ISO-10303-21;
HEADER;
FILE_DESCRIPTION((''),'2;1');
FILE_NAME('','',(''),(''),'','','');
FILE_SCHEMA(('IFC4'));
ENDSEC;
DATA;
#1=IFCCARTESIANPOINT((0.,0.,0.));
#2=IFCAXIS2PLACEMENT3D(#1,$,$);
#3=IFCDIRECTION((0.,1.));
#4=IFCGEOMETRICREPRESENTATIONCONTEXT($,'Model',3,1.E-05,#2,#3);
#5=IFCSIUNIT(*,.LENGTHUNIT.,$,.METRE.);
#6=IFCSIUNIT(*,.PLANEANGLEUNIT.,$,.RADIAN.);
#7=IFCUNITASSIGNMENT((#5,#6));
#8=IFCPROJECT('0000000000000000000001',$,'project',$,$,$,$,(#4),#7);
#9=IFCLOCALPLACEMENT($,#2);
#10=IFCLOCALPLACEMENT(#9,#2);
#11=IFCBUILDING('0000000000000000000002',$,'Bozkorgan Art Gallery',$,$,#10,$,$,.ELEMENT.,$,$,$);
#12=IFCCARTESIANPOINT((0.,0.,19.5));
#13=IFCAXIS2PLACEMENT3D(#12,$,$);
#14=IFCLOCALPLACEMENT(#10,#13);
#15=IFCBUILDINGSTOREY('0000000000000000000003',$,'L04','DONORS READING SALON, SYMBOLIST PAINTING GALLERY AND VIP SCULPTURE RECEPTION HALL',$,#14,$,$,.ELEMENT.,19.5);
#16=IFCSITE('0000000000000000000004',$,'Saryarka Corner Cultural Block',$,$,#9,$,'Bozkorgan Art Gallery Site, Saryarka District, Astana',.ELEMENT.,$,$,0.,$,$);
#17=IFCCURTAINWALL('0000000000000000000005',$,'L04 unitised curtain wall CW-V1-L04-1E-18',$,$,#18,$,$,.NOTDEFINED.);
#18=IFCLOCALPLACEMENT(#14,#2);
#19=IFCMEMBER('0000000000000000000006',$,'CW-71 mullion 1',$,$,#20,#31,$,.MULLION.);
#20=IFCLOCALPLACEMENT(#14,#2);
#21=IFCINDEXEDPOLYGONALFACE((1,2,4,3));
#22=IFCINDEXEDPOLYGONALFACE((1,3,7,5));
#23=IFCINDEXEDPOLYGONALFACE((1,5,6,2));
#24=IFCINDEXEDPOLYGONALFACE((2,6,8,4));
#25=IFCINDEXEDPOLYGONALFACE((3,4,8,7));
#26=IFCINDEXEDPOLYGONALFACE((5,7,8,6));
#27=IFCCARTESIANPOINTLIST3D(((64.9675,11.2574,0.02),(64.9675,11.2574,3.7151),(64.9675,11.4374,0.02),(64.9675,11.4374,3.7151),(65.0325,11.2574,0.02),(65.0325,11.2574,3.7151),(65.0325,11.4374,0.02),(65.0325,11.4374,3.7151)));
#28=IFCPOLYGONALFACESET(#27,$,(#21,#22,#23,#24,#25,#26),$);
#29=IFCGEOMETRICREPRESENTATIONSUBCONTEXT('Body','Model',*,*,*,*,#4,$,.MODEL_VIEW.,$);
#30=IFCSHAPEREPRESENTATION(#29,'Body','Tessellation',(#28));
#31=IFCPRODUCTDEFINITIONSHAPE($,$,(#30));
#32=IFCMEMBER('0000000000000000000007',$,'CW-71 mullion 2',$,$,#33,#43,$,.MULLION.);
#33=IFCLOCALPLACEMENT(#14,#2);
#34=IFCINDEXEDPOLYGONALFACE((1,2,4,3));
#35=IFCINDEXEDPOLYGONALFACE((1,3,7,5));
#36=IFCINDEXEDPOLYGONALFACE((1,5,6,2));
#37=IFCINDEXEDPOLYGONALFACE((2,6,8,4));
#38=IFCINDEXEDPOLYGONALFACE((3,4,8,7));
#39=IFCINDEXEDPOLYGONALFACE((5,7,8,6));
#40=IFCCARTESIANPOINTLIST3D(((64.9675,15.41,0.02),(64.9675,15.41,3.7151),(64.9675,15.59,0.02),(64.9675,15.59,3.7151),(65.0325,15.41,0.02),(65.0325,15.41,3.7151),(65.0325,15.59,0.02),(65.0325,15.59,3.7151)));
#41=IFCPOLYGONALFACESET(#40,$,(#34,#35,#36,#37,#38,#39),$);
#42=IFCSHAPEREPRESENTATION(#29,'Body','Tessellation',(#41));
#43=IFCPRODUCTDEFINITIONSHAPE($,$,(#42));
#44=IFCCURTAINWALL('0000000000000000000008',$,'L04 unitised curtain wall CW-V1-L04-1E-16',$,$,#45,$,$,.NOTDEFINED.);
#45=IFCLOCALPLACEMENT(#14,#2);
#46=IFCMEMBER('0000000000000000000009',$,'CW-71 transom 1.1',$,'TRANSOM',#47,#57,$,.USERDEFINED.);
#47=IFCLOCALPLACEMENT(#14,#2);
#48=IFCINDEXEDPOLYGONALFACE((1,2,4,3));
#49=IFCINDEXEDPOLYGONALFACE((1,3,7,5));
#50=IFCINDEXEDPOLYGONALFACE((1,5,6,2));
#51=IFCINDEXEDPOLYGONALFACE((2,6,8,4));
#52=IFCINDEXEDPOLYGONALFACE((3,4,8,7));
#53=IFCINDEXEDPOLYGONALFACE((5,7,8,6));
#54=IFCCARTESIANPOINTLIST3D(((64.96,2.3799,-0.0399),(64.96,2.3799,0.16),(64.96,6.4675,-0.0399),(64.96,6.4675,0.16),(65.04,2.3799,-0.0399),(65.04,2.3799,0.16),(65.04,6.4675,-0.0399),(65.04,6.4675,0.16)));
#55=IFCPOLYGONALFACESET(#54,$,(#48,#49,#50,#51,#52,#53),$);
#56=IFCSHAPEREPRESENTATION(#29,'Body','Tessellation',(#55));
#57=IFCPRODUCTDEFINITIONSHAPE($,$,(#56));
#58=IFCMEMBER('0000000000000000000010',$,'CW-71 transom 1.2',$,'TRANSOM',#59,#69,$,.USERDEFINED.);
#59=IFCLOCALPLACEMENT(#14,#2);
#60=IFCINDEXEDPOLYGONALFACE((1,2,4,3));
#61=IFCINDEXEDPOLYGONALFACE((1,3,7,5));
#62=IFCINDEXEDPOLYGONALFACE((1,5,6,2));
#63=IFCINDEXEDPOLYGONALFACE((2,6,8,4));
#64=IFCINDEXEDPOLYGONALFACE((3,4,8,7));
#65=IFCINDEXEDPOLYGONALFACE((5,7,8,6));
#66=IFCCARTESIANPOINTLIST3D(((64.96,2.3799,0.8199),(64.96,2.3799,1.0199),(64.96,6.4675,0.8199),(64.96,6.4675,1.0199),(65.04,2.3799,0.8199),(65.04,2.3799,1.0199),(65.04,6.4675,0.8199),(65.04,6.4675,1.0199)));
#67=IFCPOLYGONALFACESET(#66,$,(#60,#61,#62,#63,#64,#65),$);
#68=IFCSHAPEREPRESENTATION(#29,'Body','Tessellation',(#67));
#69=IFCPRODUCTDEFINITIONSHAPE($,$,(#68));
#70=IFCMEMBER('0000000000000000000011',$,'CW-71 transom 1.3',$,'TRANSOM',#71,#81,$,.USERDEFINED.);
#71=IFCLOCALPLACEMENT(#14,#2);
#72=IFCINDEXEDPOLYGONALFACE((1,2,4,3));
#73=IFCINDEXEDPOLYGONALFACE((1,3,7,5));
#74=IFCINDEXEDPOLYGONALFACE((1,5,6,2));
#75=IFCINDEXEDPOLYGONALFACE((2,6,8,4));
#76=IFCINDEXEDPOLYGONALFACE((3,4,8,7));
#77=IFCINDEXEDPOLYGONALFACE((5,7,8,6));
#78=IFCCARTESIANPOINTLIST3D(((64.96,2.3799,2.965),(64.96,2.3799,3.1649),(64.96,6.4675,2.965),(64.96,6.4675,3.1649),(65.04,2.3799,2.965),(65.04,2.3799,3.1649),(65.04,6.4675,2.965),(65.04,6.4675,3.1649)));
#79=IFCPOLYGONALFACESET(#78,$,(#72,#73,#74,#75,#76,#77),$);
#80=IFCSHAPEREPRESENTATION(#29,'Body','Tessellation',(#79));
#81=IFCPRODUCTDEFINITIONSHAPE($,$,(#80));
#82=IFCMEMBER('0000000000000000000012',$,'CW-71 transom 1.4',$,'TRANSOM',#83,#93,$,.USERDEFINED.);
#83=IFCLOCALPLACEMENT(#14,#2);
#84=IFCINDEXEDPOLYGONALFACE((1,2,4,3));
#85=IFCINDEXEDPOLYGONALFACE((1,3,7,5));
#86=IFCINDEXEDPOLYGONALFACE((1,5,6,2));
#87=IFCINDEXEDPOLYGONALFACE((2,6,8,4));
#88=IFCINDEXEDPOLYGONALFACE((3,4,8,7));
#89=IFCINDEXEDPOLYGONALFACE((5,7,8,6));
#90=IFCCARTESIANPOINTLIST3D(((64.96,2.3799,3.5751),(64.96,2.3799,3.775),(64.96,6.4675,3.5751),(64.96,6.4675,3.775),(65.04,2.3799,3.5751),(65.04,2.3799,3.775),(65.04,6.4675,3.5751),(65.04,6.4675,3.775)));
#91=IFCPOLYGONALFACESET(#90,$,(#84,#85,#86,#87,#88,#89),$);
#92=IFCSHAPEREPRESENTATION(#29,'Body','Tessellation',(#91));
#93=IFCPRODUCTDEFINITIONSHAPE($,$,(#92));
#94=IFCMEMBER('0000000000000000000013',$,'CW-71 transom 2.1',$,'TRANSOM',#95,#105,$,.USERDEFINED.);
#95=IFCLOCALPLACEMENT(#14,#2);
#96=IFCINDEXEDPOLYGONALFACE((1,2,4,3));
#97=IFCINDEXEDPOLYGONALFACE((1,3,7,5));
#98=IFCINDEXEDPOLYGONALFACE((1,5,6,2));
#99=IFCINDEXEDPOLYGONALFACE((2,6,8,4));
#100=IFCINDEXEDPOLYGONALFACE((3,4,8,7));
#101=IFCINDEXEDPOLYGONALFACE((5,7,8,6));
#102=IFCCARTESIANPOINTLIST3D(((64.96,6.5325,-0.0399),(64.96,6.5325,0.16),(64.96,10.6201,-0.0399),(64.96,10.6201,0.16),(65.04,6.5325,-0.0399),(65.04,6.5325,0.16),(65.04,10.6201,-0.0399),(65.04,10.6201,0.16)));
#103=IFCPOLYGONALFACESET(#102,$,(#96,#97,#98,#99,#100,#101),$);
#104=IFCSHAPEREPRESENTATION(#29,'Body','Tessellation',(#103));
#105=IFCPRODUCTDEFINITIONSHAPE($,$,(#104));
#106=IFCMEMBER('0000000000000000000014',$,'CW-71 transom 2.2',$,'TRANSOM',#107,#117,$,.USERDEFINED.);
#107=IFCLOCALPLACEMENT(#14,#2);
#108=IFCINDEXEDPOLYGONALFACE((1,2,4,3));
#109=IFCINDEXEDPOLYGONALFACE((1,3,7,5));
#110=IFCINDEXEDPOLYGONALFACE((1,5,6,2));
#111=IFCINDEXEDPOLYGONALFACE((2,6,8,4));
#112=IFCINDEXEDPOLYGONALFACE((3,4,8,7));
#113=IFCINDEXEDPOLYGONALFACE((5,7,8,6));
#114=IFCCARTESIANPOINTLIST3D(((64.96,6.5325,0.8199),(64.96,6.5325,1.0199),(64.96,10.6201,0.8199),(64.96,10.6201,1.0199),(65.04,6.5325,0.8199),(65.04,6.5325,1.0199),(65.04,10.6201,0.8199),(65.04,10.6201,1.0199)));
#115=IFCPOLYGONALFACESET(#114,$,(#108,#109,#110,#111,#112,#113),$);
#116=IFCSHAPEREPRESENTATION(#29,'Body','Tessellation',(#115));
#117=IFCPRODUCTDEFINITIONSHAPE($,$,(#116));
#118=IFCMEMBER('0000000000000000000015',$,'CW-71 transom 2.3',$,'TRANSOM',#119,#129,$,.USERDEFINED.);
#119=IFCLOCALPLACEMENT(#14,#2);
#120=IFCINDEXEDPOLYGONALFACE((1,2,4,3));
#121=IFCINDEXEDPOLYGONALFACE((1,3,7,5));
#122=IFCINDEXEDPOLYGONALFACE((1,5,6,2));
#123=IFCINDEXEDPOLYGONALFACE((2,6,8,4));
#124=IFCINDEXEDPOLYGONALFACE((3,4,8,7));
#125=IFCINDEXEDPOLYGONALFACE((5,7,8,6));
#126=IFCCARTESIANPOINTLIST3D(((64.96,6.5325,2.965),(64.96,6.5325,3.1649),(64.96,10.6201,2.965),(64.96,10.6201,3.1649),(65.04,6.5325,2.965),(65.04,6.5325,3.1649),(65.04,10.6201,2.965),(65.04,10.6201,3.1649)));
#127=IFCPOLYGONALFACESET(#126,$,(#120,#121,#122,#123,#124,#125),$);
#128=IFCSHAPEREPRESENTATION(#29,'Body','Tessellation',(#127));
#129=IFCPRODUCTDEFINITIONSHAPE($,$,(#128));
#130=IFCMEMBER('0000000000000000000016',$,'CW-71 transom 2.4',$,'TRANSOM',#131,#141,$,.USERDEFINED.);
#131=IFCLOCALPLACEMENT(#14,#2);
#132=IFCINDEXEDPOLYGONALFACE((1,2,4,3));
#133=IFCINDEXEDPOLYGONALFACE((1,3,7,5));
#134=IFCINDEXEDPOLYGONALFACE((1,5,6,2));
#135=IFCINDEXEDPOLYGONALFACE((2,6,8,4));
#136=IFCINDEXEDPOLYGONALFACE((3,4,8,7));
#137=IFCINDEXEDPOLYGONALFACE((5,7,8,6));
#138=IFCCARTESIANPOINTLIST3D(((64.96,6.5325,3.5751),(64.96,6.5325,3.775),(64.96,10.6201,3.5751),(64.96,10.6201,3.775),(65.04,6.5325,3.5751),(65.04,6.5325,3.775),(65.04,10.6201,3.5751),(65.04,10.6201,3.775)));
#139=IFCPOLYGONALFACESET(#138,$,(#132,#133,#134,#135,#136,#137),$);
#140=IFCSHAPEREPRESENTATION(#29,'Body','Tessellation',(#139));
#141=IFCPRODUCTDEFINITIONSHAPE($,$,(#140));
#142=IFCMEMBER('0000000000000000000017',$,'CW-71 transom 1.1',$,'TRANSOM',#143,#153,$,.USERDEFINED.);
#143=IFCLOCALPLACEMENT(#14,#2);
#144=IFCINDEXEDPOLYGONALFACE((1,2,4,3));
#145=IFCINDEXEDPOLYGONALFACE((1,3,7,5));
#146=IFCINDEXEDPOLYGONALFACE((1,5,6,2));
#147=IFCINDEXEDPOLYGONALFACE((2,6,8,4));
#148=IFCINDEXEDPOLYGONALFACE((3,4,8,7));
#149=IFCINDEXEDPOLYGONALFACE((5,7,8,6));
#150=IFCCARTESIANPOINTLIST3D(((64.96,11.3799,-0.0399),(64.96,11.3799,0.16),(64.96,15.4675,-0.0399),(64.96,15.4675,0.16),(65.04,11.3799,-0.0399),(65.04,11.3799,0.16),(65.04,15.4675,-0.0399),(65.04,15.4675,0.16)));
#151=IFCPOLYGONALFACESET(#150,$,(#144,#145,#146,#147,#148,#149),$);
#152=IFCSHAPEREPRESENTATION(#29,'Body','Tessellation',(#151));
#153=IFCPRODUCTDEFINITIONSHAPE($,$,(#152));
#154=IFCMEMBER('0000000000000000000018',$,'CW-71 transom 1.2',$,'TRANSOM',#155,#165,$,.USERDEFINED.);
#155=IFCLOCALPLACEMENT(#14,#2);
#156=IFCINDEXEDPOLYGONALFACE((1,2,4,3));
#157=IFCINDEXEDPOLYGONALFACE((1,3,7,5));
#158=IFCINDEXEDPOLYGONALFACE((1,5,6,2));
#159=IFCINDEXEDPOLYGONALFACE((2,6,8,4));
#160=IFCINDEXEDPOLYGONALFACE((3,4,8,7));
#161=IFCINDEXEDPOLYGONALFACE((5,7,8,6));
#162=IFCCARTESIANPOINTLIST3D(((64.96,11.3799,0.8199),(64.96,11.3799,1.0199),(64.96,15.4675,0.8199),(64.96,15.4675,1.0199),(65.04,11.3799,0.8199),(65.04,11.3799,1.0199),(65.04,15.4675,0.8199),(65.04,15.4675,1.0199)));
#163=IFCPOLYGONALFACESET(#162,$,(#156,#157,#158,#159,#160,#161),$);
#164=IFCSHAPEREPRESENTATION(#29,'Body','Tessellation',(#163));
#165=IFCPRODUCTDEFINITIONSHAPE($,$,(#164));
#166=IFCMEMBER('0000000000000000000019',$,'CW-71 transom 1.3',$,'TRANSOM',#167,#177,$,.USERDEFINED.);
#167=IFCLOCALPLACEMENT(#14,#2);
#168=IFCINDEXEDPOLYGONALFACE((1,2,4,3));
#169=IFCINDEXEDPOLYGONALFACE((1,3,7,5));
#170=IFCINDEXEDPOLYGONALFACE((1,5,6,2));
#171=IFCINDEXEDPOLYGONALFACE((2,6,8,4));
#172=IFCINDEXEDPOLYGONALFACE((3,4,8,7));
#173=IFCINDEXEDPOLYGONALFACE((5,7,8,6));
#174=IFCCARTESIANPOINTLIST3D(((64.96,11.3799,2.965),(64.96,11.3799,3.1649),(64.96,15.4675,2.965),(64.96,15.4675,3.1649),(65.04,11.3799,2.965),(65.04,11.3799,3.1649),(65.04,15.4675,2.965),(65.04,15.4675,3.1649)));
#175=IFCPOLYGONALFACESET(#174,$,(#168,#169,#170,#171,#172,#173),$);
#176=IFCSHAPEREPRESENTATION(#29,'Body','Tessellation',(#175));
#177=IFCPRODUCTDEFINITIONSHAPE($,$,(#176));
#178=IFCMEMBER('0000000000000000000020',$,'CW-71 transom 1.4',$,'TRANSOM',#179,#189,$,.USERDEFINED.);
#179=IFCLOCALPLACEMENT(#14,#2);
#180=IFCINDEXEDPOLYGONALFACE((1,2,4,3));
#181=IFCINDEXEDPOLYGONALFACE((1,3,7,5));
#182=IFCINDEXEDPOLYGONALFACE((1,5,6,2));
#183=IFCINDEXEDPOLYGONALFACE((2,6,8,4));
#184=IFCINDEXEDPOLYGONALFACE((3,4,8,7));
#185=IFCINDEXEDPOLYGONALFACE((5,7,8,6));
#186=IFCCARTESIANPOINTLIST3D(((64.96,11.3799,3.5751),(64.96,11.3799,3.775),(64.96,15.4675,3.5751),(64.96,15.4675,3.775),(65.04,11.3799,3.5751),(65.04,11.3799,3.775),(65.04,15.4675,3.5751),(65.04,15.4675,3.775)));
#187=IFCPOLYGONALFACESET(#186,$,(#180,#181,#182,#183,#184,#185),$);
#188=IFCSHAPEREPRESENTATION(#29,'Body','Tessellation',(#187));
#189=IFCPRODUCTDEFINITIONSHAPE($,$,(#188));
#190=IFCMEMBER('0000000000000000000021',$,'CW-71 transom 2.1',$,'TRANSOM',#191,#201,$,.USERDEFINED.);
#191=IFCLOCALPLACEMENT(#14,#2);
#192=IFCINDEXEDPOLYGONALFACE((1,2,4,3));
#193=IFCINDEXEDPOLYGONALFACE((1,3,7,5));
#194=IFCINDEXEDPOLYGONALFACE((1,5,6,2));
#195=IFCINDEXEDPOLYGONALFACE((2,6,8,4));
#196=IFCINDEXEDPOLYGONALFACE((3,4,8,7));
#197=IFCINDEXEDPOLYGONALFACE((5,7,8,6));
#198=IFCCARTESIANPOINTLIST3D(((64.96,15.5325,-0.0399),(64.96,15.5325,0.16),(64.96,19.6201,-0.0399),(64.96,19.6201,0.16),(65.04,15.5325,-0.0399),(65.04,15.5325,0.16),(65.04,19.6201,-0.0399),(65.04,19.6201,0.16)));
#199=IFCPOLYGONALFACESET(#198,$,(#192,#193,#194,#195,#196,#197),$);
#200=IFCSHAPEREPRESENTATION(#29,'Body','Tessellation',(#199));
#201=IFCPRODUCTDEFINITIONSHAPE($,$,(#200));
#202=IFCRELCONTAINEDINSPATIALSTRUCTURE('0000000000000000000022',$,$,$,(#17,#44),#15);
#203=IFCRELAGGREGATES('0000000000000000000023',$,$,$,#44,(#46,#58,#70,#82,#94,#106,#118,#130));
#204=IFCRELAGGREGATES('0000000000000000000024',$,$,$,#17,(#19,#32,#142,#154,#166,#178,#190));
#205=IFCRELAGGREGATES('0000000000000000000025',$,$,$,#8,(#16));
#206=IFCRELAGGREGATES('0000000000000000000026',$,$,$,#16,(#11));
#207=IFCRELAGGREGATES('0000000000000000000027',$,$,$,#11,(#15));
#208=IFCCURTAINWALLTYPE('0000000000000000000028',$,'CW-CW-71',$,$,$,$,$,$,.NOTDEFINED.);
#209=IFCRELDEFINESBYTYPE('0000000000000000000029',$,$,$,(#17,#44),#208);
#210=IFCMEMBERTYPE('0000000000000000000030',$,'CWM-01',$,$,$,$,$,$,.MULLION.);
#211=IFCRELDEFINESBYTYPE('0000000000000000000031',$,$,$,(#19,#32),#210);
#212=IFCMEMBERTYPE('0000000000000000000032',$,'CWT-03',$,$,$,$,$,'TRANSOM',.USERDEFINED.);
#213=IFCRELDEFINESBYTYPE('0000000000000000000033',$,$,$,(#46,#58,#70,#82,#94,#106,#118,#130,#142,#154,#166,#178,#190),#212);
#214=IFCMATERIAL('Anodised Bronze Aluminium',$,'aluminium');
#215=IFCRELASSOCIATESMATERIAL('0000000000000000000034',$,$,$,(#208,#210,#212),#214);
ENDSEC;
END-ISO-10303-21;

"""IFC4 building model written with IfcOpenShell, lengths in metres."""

from ifc_helpers import new_model, si_unit, direction, frame, origin, origin_2d, place, context, subcontext, project, spatial, rectangle, extrude, material, material_profile, profile_set, type_object, element, aggregate, save


model = new_model("IFC4")

# Units and contexts
model_context = context("Model", 3, precision=1e-05, world=origin(), true_north=direction((0.0, 1.0)))
body_context = subcontext(model_context, "Body", "Model", "MODEL_VIEW")
ifc_project = project(units=[si_unit("LENGTHUNIT", "METRE"), si_unit("PLANEANGLEUNIT", "RADIAN")], contexts=[model_context])

# Site, building, storey
site_placement = place(None, origin())
site = spatial("IfcSite", under=ifc_project, at=site_placement, Name="Saryarka Corner Cultural Block", LongName="Bozkorgan Art Gallery Site, Saryarka District, Astana", CompositionType="ELEMENT", RefElevation=0.0)
building_placement = place(site_placement, origin())
building = spatial("IfcBuilding", under=site, at=building_placement, Name="Bozkorgan Art Gallery", CompositionType="ELEMENT")
storey_placement = place(building_placement, frame((0.0, 0.0, 19.5)))
storey = spatial("IfcBuildingStorey", under=building, at=storey_placement, Name="L04", Description="DONORS READING SALON, SYMBOLIST PAINTING GALLERY AND VIP SCULPTURE RECEPTION HALL", CompositionType="ELEMENT", Elevation=19.5)

# Curtain walls, members
ifc_material_1 = material(Name="Anodised Bronze Aluminium", Category="aluminium")
curtain_wall_type = type_object("IfcCurtainWallType", Name="CW-CW-71", PredefinedType="NOTDEFINED", material=ifc_material_1)
curtain_wall_1_placement = place(storey_placement, origin())
curtain_wall_1 = element("IfcCurtainWall", 1, at=curtain_wall_1_placement, inside=storey, type_object=curtain_wall_type, Name="L04 unitised curtain wall CW-V1-L04-1E-18", PredefinedType="NOTDEFINED")
ifc_material_profile_1 = material_profile(ifc_material_1, rectangle(XDim=0.0649, YDim=0.1799, at=origin_2d()), Name="ALU MULLION 65x180")
ifc_profile_set_1 = profile_set([ifc_material_profile_1], Name="Anodised Bronze Aluminium")
member_type_1 = type_object("IfcMemberType", Name="CWM-01", PredefinedType="MULLION", material=ifc_profile_set_1)
member_1_placement = place(storey_placement, frame((65.0, 11.3474, 0.02), z_axis=(0.0, 0.0, 1.0), x_axis=(-1.0, 0.0, 0.0)))
member_1 = element("IfcMember", 2, at=member_1_placement, type_object=member_type_1, Name="CW-71 mullion 1", PredefinedType="MULLION", context=body_context, shape_type="SweptSolid", body=[
    extrude(rectangle(XDim=0.0649, YDim=0.1799, at=origin_2d()), origin(), (0.0, 0.0, 1.0), 3.6951),
])
member_2_placement = place(storey_placement, frame((65.0, 15.5, 0.02), z_axis=(0.0, 0.0, 1.0), x_axis=(-1.0, 0.0, 0.0)))
member_2 = element("IfcMember", 3, at=member_2_placement, type_object=member_type_1, Name="CW-71 mullion 2", PredefinedType="MULLION", context=body_context, shape_type="SweptSolid", body=[
    extrude(rectangle(XDim=0.0649, YDim=0.1799, at=origin_2d()), origin(), (0.0, 0.0, 1.0), 3.6951),
])
curtain_wall_2_placement = place(storey_placement, origin())
curtain_wall_2 = element("IfcCurtainWall", 4, at=curtain_wall_2_placement, inside=storey, type_object=curtain_wall_type, Name="L04 unitised curtain wall CW-V1-L04-1E-16", PredefinedType="NOTDEFINED")
ifc_material_profile_2 = material_profile(ifc_material_1, rectangle(XDim=0.0801, YDim=0.2, at=origin_2d()), Name="ALU TRANSOM 80x200")
ifc_profile_set_2 = profile_set([ifc_material_profile_2], Name="Anodised Bronze Aluminium")
member_type_2 = type_object("IfcMemberType", Name="CWT-03", ElementType="TRANSOM", PredefinedType="USERDEFINED", material=ifc_profile_set_2)
member_3_placement = place(storey_placement, frame((65.0, 2.3799, 0.0601), z_axis=(0.0, 1.0, 0.0), x_axis=(-1.0, 0.0, 0.0)))
member_3 = element("IfcMember", 5, at=member_3_placement, type_object=member_type_2, Name="CW-71 transom 1.1", ObjectType="TRANSOM", PredefinedType="USERDEFINED", context=body_context, shape_type="SweptSolid", body=[
    extrude(rectangle(XDim=0.0801, YDim=0.2, at=origin_2d()), origin(), (0.0, 0.0, 1.0), 4.0876),
])
member_4_placement = place(storey_placement, frame((65.0, 2.3799, 0.9199), z_axis=(0.0, 1.0, 0.0), x_axis=(-1.0, 0.0, 0.0)))
member_4 = element("IfcMember", 6, at=member_4_placement, type_object=member_type_2, Name="CW-71 transom 1.2", ObjectType="TRANSOM", PredefinedType="USERDEFINED", context=body_context, shape_type="SweptSolid", body=[
    extrude(rectangle(XDim=0.0801, YDim=0.2, at=origin_2d()), origin(), (0.0, 0.0, 1.0), 4.0876),
])
member_5_placement = place(storey_placement, frame((65.0, 2.3799, 3.0649), z_axis=(0.0, 1.0, 0.0), x_axis=(-1.0, 0.0, 0.0)))
member_5 = element("IfcMember", 7, at=member_5_placement, type_object=member_type_2, Name="CW-71 transom 1.3", ObjectType="TRANSOM", PredefinedType="USERDEFINED", context=body_context, shape_type="SweptSolid", body=[
    extrude(rectangle(XDim=0.0801, YDim=0.2, at=origin_2d()), origin(), (0.0, 0.0, 1.0), 4.0876),
])
member_6_placement = place(storey_placement, frame((65.0, 2.3799, 3.675), z_axis=(0.0, 1.0, 0.0), x_axis=(-1.0, 0.0, 0.0)))
member_6 = element("IfcMember", 8, at=member_6_placement, type_object=member_type_2, Name="CW-71 transom 1.4", ObjectType="TRANSOM", PredefinedType="USERDEFINED", context=body_context, shape_type="SweptSolid", body=[
    extrude(rectangle(XDim=0.0801, YDim=0.2, at=origin_2d()), origin(), (0.0, 0.0, 1.0), 4.0876),
])
member_7_placement = place(storey_placement, frame((65.0, 6.5325, 0.0601), z_axis=(0.0, 1.0, 0.0), x_axis=(-1.0, 0.0, 0.0)))
member_7 = element("IfcMember", 9, at=member_7_placement, type_object=member_type_2, Name="CW-71 transom 2.1", ObjectType="TRANSOM", PredefinedType="USERDEFINED", context=body_context, shape_type="SweptSolid", body=[
    extrude(rectangle(XDim=0.0801, YDim=0.2, at=origin_2d()), origin(), (0.0, 0.0, 1.0), 4.0876),
])
member_8_placement = place(storey_placement, frame((65.0, 6.5325, 0.9199), z_axis=(0.0, 1.0, 0.0), x_axis=(-1.0, 0.0, 0.0)))
member_8 = element("IfcMember", 10, at=member_8_placement, type_object=member_type_2, Name="CW-71 transom 2.2", ObjectType="TRANSOM", PredefinedType="USERDEFINED", context=body_context, shape_type="SweptSolid", body=[
    extrude(rectangle(XDim=0.0801, YDim=0.2, at=origin_2d()), origin(), (0.0, 0.0, 1.0), 4.0876),
])
member_9_placement = place(storey_placement, frame((65.0, 6.5325, 3.0649), z_axis=(0.0, 1.0, 0.0), x_axis=(-1.0, 0.0, 0.0)))
member_9 = element("IfcMember", 11, at=member_9_placement, type_object=member_type_2, Name="CW-71 transom 2.3", ObjectType="TRANSOM", PredefinedType="USERDEFINED", context=body_context, shape_type="SweptSolid", body=[
    extrude(rectangle(XDim=0.0801, YDim=0.2, at=origin_2d()), origin(), (0.0, 0.0, 1.0), 4.0876),
])
member_10_placement = place(storey_placement, frame((65.0, 6.5325, 3.675), z_axis=(0.0, 1.0, 0.0), x_axis=(-1.0, 0.0, 0.0)))
member_10 = element("IfcMember", 12, at=member_10_placement, type_object=member_type_2, Name="CW-71 transom 2.4", ObjectType="TRANSOM", PredefinedType="USERDEFINED", context=body_context, shape_type="SweptSolid", body=[
    extrude(rectangle(XDim=0.0801, YDim=0.2, at=origin_2d()), origin(), (0.0, 0.0, 1.0), 4.0876),
])

# Members
member_11_placement = place(storey_placement, frame((65.0, 11.3799, 0.0601), z_axis=(0.0, 1.0, 0.0), x_axis=(-1.0, 0.0, 0.0)))
member_11 = element("IfcMember", 13, at=member_11_placement, type_object=member_type_2, Name="CW-71 transom 1.1", ObjectType="TRANSOM", PredefinedType="USERDEFINED", context=body_context, shape_type="SweptSolid", body=[
    extrude(rectangle(XDim=0.0801, YDim=0.2, at=origin_2d()), origin(), (0.0, 0.0, 1.0), 4.0876),
])
member_12_placement = place(storey_placement, frame((65.0, 11.3799, 0.9199), z_axis=(0.0, 1.0, 0.0), x_axis=(-1.0, 0.0, 0.0)))
member_12 = element("IfcMember", 14, at=member_12_placement, type_object=member_type_2, Name="CW-71 transom 1.2", ObjectType="TRANSOM", PredefinedType="USERDEFINED", context=body_context, shape_type="SweptSolid", body=[
    extrude(rectangle(XDim=0.0801, YDim=0.2, at=origin_2d()), origin(), (0.0, 0.0, 1.0), 4.0876),
])
member_13_placement = place(storey_placement, frame((65.0, 11.3799, 3.0649), z_axis=(0.0, 1.0, 0.0), x_axis=(-1.0, 0.0, 0.0)))
member_13 = element("IfcMember", 15, at=member_13_placement, type_object=member_type_2, Name="CW-71 transom 1.3", ObjectType="TRANSOM", PredefinedType="USERDEFINED", context=body_context, shape_type="SweptSolid", body=[
    extrude(rectangle(XDim=0.0801, YDim=0.2, at=origin_2d()), origin(), (0.0, 0.0, 1.0), 4.0876),
])
member_14_placement = place(storey_placement, frame((65.0, 11.3799, 3.675), z_axis=(0.0, 1.0, 0.0), x_axis=(-1.0, 0.0, 0.0)))
member_14 = element("IfcMember", 16, at=member_14_placement, type_object=member_type_2, Name="CW-71 transom 1.4", ObjectType="TRANSOM", PredefinedType="USERDEFINED", context=body_context, shape_type="SweptSolid", body=[
    extrude(rectangle(XDim=0.0801, YDim=0.2, at=origin_2d()), origin(), (0.0, 0.0, 1.0), 4.0876),
])
member_15_placement = place(storey_placement, frame((65.0, 15.5325, 0.0601), z_axis=(0.0, 1.0, 0.0), x_axis=(-1.0, 0.0, 0.0)))
member_15 = element("IfcMember", 17, at=member_15_placement, type_object=member_type_2, Name="CW-71 transom 2.1", ObjectType="TRANSOM", PredefinedType="USERDEFINED", context=body_context, shape_type="SweptSolid", body=[
    extrude(rectangle(XDim=0.0801, YDim=0.2, at=origin_2d()), origin(), (0.0, 0.0, 1.0), 4.0876),
])

aggregate(curtain_wall_2, [member_3, member_4, member_5, member_6, member_7, member_8, member_9, member_10])
aggregate(curtain_wall_1, [member_1, member_2, member_11, member_12, member_13, member_14, member_15])

save(model, "model.ifc")
